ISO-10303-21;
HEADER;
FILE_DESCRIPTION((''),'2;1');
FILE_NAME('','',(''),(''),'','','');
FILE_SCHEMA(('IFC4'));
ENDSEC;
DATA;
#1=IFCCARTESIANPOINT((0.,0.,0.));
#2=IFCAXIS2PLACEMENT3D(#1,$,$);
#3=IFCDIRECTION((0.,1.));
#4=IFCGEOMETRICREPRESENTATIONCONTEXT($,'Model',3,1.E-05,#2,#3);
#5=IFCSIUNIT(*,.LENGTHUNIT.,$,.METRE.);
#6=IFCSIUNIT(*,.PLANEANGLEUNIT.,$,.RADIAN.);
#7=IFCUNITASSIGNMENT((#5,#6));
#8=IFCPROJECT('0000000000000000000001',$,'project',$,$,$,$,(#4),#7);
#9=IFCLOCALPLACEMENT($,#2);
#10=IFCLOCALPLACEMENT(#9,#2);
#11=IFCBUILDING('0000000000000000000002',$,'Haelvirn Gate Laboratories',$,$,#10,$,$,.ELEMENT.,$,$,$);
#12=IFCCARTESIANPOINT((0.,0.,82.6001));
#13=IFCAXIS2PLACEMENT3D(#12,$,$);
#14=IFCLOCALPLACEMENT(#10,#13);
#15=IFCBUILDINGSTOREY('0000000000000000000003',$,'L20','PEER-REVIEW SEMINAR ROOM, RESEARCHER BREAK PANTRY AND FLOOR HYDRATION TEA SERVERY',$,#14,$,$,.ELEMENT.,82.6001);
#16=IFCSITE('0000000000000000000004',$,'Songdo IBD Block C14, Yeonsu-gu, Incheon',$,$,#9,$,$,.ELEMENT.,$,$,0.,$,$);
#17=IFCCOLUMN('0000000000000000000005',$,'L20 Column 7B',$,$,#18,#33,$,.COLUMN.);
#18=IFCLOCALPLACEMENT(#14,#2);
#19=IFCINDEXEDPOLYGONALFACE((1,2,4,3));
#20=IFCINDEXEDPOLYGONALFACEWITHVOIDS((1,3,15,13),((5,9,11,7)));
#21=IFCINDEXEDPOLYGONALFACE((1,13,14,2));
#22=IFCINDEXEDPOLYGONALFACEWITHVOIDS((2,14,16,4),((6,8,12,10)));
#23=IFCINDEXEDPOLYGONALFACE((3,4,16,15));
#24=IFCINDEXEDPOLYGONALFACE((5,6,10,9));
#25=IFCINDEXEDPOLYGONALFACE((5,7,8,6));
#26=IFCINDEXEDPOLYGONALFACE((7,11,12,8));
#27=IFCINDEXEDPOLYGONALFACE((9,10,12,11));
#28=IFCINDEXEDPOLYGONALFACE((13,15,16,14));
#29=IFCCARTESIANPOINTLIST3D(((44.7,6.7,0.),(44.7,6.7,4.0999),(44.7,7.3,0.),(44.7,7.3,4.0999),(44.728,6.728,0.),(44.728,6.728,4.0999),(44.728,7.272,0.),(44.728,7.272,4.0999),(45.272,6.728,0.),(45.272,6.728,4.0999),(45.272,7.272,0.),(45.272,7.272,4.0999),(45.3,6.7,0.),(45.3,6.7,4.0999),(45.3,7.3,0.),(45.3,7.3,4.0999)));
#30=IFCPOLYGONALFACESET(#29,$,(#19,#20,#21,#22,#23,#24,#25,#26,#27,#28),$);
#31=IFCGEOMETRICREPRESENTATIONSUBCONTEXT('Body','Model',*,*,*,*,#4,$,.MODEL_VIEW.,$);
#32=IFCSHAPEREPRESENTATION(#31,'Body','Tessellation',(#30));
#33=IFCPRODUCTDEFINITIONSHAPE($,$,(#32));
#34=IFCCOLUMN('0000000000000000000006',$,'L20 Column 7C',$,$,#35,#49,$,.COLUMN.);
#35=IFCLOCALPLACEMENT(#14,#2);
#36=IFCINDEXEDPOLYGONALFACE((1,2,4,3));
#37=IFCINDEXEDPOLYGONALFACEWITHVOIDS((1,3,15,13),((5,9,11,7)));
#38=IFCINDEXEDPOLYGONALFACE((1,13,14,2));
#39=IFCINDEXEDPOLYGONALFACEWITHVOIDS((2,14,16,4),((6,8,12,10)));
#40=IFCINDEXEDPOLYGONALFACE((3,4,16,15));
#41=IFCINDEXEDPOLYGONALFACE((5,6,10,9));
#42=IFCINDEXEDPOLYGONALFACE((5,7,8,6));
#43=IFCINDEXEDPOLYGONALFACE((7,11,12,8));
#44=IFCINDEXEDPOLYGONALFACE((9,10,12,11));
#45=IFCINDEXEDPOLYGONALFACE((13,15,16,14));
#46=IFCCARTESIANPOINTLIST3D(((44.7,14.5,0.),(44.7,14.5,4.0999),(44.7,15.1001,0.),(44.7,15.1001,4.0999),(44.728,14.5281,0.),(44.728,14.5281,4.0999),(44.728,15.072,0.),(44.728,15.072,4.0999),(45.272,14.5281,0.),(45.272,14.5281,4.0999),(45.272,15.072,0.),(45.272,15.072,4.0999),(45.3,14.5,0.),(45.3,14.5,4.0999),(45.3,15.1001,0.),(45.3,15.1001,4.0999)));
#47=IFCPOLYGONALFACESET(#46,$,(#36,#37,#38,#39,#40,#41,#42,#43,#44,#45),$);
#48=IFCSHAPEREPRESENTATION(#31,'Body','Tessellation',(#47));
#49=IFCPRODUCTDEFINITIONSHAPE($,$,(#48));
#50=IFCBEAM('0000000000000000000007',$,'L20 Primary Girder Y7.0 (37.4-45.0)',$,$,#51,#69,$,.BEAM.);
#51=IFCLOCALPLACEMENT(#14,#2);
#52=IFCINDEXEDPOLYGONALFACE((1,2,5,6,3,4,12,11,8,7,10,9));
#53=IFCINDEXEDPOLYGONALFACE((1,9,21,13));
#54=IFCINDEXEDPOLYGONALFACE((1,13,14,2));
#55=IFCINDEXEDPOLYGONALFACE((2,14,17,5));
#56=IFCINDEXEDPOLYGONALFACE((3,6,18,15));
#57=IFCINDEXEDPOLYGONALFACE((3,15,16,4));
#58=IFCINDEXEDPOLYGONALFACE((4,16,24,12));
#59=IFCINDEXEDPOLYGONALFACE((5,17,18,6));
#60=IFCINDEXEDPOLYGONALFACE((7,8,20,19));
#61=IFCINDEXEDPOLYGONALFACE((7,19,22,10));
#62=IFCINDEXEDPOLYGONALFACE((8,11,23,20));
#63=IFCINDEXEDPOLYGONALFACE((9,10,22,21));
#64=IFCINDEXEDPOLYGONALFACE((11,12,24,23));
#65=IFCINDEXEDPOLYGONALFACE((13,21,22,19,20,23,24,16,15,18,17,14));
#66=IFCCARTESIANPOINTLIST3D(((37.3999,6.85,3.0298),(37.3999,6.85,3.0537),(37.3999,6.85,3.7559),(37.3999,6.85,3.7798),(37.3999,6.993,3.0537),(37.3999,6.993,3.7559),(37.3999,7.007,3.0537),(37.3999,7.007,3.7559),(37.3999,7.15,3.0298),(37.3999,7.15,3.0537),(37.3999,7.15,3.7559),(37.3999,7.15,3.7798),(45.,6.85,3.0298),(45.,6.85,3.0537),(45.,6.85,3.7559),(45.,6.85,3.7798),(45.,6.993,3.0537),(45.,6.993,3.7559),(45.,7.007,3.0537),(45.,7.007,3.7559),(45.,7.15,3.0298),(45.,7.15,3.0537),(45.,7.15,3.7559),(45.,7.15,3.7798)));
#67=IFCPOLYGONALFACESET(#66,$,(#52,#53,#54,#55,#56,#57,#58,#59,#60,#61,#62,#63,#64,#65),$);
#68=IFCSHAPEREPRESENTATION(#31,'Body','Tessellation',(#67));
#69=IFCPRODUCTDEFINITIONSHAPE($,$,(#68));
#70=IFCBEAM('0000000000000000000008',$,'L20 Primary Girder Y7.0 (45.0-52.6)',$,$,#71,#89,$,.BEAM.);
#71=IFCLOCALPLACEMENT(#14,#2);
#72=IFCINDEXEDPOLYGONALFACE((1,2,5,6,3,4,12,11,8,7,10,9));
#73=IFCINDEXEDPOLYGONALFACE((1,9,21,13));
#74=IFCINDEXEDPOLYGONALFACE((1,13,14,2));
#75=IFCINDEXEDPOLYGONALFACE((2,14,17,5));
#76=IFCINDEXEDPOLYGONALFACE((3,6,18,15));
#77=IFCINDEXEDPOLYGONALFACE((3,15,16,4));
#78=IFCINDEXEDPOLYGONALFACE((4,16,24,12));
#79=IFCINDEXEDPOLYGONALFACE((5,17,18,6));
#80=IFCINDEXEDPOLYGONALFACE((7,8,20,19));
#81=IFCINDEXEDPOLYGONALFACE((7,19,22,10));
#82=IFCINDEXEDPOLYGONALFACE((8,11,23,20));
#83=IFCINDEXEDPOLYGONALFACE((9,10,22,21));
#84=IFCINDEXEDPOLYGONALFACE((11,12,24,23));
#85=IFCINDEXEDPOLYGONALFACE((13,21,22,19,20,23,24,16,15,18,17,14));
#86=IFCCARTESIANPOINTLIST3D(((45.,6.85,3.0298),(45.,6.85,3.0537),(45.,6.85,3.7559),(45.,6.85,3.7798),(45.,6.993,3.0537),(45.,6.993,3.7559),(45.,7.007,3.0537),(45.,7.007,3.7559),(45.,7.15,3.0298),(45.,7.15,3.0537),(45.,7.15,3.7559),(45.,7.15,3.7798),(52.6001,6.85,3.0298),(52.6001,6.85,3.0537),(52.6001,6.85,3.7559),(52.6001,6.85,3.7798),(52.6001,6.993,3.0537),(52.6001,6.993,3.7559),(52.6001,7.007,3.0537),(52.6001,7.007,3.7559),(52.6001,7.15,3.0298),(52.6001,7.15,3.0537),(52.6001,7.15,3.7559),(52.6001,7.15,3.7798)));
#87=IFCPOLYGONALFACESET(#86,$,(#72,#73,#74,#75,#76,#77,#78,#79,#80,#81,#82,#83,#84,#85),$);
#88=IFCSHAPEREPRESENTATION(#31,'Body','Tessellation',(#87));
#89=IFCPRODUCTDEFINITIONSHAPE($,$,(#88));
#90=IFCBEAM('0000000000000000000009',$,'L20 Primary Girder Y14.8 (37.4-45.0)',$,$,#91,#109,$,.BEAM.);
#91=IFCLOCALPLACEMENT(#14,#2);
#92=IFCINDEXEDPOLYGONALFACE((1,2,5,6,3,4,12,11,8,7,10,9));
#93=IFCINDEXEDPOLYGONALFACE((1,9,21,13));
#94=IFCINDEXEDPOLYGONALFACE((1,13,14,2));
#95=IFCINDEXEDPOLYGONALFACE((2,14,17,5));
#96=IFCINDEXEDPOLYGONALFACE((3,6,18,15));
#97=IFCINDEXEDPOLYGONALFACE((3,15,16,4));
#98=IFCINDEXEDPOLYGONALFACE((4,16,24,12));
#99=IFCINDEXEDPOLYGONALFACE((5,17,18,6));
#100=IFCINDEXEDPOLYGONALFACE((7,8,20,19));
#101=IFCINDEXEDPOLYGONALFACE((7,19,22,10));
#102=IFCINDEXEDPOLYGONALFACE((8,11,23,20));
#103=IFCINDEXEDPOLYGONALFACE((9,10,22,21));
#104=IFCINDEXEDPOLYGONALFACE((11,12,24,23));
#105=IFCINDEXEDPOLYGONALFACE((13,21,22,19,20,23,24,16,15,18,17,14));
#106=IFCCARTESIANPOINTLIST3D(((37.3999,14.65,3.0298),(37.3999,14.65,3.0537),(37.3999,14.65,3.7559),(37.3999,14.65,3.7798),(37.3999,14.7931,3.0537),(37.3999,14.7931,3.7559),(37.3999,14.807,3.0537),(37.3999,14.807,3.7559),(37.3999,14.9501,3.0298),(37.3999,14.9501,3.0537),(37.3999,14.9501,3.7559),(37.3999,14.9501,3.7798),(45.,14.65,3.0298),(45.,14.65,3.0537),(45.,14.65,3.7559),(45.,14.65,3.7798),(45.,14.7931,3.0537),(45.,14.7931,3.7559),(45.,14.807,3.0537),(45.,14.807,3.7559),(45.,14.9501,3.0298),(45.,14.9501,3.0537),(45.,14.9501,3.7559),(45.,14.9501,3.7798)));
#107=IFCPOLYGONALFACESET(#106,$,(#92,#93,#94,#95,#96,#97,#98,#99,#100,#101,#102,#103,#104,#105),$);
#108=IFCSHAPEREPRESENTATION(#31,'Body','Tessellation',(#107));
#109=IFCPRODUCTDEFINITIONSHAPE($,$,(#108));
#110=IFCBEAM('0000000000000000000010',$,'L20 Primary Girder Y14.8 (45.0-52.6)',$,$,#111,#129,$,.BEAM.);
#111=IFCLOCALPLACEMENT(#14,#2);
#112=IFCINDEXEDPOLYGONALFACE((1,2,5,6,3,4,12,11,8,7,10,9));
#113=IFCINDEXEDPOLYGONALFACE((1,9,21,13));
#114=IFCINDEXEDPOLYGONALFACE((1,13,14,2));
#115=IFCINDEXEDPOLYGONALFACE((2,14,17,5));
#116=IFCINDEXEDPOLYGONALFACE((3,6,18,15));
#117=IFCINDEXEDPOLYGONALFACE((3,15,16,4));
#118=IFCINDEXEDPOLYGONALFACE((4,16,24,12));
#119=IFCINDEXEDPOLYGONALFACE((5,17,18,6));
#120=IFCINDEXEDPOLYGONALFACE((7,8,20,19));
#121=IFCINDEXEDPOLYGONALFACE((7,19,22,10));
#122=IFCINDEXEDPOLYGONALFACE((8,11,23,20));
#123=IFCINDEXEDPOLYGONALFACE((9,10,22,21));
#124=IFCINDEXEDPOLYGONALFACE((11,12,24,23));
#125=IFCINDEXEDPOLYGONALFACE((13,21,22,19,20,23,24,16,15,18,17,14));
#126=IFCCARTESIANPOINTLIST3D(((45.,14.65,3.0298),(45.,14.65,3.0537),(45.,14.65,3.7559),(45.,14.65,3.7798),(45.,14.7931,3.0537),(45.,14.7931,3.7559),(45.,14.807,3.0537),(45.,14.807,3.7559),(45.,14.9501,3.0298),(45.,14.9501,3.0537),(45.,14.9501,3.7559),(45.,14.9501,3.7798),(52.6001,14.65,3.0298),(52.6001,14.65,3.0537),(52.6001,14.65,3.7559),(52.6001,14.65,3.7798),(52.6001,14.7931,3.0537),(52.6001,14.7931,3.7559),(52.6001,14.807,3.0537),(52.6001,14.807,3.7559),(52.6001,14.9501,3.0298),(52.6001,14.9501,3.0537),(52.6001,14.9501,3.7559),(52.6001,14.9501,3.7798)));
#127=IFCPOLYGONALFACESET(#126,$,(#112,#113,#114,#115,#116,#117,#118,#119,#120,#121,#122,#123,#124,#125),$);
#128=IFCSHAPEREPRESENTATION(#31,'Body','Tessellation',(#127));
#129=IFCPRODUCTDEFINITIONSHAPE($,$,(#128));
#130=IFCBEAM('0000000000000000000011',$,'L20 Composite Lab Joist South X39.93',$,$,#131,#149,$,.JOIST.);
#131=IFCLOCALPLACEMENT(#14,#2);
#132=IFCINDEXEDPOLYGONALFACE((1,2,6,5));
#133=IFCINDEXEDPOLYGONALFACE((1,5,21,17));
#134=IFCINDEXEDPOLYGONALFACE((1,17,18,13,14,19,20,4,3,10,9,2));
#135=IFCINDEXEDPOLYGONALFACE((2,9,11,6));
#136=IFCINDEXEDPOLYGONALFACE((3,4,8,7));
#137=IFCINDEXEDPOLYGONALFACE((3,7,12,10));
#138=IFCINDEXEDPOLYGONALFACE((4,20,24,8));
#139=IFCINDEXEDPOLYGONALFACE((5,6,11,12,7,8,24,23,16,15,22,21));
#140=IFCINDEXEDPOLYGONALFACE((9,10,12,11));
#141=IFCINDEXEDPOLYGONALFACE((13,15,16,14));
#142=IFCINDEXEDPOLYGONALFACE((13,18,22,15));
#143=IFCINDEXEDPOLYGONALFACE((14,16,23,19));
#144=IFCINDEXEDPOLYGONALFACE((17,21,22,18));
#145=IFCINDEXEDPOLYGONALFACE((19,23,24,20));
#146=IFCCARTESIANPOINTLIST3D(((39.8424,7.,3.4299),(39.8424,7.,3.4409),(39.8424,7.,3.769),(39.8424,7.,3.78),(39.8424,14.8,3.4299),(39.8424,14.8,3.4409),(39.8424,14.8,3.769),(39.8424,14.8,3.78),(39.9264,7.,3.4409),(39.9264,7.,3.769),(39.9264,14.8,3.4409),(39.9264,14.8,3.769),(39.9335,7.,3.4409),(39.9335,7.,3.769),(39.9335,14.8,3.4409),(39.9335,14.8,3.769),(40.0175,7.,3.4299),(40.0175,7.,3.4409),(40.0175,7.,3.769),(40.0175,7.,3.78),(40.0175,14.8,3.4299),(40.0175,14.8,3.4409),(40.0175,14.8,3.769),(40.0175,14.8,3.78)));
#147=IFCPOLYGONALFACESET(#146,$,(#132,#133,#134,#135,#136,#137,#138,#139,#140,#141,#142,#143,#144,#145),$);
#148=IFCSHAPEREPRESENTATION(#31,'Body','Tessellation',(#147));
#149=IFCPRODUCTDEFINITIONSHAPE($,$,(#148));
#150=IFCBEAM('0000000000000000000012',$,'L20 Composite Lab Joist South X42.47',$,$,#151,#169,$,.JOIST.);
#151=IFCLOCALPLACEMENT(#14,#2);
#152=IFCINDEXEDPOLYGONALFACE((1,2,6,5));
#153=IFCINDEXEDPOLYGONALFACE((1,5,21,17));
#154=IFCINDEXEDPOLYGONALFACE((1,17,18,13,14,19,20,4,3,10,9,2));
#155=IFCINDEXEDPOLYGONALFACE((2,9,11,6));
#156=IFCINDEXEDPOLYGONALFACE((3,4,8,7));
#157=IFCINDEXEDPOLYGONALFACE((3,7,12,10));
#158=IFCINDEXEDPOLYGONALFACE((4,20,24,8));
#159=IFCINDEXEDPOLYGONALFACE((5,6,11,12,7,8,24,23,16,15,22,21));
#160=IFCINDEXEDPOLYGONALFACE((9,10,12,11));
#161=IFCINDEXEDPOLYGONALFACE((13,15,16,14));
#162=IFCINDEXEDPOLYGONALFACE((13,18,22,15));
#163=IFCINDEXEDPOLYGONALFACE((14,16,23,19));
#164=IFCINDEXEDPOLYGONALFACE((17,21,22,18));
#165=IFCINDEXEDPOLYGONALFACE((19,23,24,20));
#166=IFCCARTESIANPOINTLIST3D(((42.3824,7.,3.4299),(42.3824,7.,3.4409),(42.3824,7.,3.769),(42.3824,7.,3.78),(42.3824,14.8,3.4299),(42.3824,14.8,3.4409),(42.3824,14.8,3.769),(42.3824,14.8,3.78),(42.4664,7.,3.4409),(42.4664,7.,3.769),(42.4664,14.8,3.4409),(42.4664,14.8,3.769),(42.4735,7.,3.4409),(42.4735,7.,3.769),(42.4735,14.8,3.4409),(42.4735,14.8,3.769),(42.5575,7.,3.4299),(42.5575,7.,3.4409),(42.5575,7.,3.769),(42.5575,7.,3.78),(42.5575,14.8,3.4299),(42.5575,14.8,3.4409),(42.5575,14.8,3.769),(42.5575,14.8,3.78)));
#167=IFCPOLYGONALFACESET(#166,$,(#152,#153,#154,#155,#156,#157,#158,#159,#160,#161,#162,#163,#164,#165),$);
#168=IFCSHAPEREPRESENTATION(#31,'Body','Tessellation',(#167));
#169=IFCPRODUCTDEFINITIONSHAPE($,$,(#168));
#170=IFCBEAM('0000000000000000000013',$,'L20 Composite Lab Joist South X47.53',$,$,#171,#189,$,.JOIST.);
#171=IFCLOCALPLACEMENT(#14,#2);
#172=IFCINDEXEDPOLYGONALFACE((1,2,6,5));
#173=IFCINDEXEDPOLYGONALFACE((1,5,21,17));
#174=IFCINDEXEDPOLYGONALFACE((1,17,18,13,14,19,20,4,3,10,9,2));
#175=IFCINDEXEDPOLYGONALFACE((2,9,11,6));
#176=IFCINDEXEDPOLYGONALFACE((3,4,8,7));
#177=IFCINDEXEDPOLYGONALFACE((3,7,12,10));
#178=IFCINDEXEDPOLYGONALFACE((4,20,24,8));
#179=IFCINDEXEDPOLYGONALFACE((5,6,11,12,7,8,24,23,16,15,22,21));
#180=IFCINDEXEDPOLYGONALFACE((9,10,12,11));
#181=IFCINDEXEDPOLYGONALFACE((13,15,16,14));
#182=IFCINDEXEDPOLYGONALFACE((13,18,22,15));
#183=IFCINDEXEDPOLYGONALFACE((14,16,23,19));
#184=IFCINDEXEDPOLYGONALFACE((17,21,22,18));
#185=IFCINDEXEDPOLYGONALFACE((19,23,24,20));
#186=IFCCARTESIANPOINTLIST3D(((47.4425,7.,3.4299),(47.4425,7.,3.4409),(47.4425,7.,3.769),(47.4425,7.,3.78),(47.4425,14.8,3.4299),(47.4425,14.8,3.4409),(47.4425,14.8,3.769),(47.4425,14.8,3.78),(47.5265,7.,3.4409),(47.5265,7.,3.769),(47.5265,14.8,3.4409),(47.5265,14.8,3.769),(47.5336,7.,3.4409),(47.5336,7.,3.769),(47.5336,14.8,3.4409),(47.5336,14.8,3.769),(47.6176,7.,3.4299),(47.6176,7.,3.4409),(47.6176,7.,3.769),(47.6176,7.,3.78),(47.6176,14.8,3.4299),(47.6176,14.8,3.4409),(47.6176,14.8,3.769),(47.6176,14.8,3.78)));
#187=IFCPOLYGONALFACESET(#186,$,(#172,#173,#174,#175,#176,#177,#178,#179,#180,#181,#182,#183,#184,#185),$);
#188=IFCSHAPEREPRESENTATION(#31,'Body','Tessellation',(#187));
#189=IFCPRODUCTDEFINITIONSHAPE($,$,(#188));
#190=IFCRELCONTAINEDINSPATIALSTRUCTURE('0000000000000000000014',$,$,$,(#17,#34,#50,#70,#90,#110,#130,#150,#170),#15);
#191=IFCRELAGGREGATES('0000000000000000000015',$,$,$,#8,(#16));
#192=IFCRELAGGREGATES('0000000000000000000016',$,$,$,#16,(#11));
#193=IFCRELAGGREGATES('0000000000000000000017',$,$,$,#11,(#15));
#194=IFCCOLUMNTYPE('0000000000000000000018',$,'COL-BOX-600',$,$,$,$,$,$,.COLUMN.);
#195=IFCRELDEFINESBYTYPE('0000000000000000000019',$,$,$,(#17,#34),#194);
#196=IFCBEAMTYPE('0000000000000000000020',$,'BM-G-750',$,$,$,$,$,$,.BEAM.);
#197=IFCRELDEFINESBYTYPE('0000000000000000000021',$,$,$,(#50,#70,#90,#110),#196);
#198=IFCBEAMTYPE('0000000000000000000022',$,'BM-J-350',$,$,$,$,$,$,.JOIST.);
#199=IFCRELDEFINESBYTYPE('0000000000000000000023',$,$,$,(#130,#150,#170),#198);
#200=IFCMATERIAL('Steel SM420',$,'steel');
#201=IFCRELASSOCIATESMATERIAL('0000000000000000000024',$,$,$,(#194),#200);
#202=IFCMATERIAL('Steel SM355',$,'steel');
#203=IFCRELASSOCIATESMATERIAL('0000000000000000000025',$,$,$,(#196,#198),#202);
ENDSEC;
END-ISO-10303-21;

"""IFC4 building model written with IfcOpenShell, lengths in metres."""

from ifc_helpers import new_model, si_unit, direction, frame, origin, origin_2d, place, context, subcontext, project, spatial, hollow_rectangle, i_section, extrude, source, transform, mapped, material, material_profile, profile_set, type_object, type_shapes, element, save


model = new_model("IFC4")

# Units and contexts
model_context = context("Model", 3, precision=1e-05, world=origin(), true_north=direction((0.0, 1.0)))
body_context = subcontext(model_context, "Body", "Model", "MODEL_VIEW")
ifc_project = project(units=[si_unit("LENGTHUNIT", "METRE"), si_unit("PLANEANGLEUNIT", "RADIAN")], contexts=[model_context])

# Site, building, storey
site_placement = place(None, origin())
site = spatial("IfcSite", under=ifc_project, at=site_placement, Name="Songdo IBD Block C14, Yeonsu-gu, Incheon", CompositionType="ELEMENT", RefElevation=0.0)
building_placement = place(site_placement, origin())
building = spatial("IfcBuilding", under=site, at=building_placement, Name="Haelvirn Gate Laboratories", CompositionType="ELEMENT")
storey_placement = place(building_placement, frame((0.0, 0.0, 82.6001)))
storey = spatial("IfcBuildingStorey", under=building, at=storey_placement, Name="L20", Description="PEER-REVIEW SEMINAR ROOM, RESEARCHER BREAK PANTRY AND FLOOR HYDRATION TEA SERVERY", CompositionType="ELEMENT", Elevation=82.6001)

# Columns
ifc_material_1 = material(Name="Steel SM420", Category="steel")
ifc_material_profile_1 = material_profile(ifc_material_1, hollow_rectangle(XDim=0.6001, YDim=0.6001, WallThickness=0.0281, at=origin_2d()), Name="BOX-600x600x28")
ifc_profile_set_1 = profile_set([ifc_material_profile_1], Name="Steel SM420")
column_type = type_object("IfcColumnType", Name="COL-BOX-600", PredefinedType="COLUMN", material=ifc_profile_set_1)
shared_shape_1 = source(origin(), body_context, "Body", "SweptSolid", [
    extrude(hollow_rectangle(XDim=0.6001, YDim=0.6001, WallThickness=0.0281, at=origin_2d()), origin(), (0.0, 0.0, 1.0), 4.0999),
])
type_shapes(column_type, [shared_shape_1])
for number, where, z_axis, x_axis, name in (
    (1, (45.0, 7.0, 0.0), (0.0, 0.0, 1.0), (1.0, 0.0, 0.0), "L20 Column 7B"),
    (2, (45.0, 14.8, 0.0), (0.0, 0.0, 1.0), (1.0, 0.0, 0.0), "L20 Column 7C"),
):
    element("IfcColumn", number, at=place(storey_placement, frame(where, z_axis=z_axis, x_axis=x_axis)), inside=storey, type_object=column_type, Name=name, PredefinedType="COLUMN", context=body_context, shape_type="MappedRepresentation", body=[
        mapped(shared_shape_1, transform((0.0, 0.0, 0.0), scale=1.0)),
    ])

# Beams
ifc_material_2 = material(Name="Steel SM355", Category="steel")
ifc_material_profile_2 = material_profile(ifc_material_2, i_section(OverallWidth=0.3, OverallDepth=0.75, WebThickness=0.0139, FlangeThickness=0.0239, at=origin_2d()), Name="H-750x300x14x24")
ifc_profile_set_2 = profile_set([ifc_material_profile_2], Name="Steel SM355")
beam_type_1 = type_object("IfcBeamType", Name="BM-G-750", PredefinedType="BEAM", material=ifc_profile_set_2)
shared_shape_2 = source(origin(), body_context, "Body", "SweptSolid", [
    extrude(i_section(OverallWidth=0.3, OverallDepth=0.75, WebThickness=0.0139, FlangeThickness=0.0239, at=origin_2d()), origin(), (0.0, 0.0, 1.0), 7.6001),
])
type_shapes(beam_type_1, [shared_shape_2])
for number, where, z_axis, x_axis, name in (
    (3, (37.3999, 7.0, 3.4048), (1.0, 0.0, 0.0), (0.0, 1.0, 0.0), "L20 Primary Girder Y7.0 (37.4-45.0)"),
    (4, (45.0, 7.0, 3.4048), (1.0, 0.0, 0.0), (0.0, 1.0, 0.0), "L20 Primary Girder Y7.0 (45.0-52.6)"),
    (5, (37.3999, 14.8, 3.4048), (1.0, 0.0, 0.0), (0.0, 1.0, 0.0), "L20 Primary Girder Y14.8 (37.4-45.0)"),
    (6, (45.0, 14.8, 3.4048), (1.0, 0.0, 0.0), (0.0, 1.0, 0.0), "L20 Primary Girder Y14.8 (45.0-52.6)"),
):
    element("IfcBeam", number, at=place(storey_placement, frame(where, z_axis=z_axis, x_axis=x_axis)), inside=storey, type_object=beam_type_1, Name=name, PredefinedType="BEAM", context=body_context, shape_type="MappedRepresentation", body=[
        mapped(shared_shape_2, transform((0.0, 0.0, 0.0), scale=1.0)),
    ])
ifc_material_profile_3 = material_profile(ifc_material_2, i_section(OverallWidth=0.175, OverallDepth=0.3501, WebThickness=0.0071, FlangeThickness=0.011, at=origin_2d()), Name="H-350x175x7x11")
ifc_profile_set_3 = profile_set([ifc_material_profile_3], Name="Steel SM355")
beam_type_2 = type_object("IfcBeamType", Name="BM-J-350", PredefinedType="JOIST", material=ifc_profile_set_3)
shared_shape_3 = source(origin(), body_context, "Body", "SweptSolid", [
    extrude(i_section(OverallWidth=0.175, OverallDepth=0.3501, WebThickness=0.0071, FlangeThickness=0.011, at=origin_2d()), origin(), (0.0, 0.0, 1.0), 7.8),
])
type_shapes(beam_type_2, [shared_shape_3])
for number, where, z_axis, x_axis, name in (
    (7, (39.9299, 7.0, 3.605), (0.0, 1.0, 0.0), (-1.0, 0.0, 0.0), "L20 Composite Lab Joist South X39.93"),
    (8, (42.47, 7.0, 3.605), (0.0, 1.0, 0.0), (-1.0, 0.0, 0.0), "L20 Composite Lab Joist South X42.47"),
    (9, (47.53, 7.0, 3.605), (0.0, 1.0, 0.0), (-1.0, 0.0, 0.0), "L20 Composite Lab Joist South X47.53"),
):
    element("IfcBeam", number, at=place(storey_placement, frame(where, z_axis=z_axis, x_axis=x_axis)), inside=storey, type_object=beam_type_2, Name=name, PredefinedType="JOIST", context=body_context, shape_type="MappedRepresentation", body=[
        mapped(shared_shape_3, transform((0.0, 0.0, 0.0), scale=1.0)),
    ])

save(model, "model.ifc")
